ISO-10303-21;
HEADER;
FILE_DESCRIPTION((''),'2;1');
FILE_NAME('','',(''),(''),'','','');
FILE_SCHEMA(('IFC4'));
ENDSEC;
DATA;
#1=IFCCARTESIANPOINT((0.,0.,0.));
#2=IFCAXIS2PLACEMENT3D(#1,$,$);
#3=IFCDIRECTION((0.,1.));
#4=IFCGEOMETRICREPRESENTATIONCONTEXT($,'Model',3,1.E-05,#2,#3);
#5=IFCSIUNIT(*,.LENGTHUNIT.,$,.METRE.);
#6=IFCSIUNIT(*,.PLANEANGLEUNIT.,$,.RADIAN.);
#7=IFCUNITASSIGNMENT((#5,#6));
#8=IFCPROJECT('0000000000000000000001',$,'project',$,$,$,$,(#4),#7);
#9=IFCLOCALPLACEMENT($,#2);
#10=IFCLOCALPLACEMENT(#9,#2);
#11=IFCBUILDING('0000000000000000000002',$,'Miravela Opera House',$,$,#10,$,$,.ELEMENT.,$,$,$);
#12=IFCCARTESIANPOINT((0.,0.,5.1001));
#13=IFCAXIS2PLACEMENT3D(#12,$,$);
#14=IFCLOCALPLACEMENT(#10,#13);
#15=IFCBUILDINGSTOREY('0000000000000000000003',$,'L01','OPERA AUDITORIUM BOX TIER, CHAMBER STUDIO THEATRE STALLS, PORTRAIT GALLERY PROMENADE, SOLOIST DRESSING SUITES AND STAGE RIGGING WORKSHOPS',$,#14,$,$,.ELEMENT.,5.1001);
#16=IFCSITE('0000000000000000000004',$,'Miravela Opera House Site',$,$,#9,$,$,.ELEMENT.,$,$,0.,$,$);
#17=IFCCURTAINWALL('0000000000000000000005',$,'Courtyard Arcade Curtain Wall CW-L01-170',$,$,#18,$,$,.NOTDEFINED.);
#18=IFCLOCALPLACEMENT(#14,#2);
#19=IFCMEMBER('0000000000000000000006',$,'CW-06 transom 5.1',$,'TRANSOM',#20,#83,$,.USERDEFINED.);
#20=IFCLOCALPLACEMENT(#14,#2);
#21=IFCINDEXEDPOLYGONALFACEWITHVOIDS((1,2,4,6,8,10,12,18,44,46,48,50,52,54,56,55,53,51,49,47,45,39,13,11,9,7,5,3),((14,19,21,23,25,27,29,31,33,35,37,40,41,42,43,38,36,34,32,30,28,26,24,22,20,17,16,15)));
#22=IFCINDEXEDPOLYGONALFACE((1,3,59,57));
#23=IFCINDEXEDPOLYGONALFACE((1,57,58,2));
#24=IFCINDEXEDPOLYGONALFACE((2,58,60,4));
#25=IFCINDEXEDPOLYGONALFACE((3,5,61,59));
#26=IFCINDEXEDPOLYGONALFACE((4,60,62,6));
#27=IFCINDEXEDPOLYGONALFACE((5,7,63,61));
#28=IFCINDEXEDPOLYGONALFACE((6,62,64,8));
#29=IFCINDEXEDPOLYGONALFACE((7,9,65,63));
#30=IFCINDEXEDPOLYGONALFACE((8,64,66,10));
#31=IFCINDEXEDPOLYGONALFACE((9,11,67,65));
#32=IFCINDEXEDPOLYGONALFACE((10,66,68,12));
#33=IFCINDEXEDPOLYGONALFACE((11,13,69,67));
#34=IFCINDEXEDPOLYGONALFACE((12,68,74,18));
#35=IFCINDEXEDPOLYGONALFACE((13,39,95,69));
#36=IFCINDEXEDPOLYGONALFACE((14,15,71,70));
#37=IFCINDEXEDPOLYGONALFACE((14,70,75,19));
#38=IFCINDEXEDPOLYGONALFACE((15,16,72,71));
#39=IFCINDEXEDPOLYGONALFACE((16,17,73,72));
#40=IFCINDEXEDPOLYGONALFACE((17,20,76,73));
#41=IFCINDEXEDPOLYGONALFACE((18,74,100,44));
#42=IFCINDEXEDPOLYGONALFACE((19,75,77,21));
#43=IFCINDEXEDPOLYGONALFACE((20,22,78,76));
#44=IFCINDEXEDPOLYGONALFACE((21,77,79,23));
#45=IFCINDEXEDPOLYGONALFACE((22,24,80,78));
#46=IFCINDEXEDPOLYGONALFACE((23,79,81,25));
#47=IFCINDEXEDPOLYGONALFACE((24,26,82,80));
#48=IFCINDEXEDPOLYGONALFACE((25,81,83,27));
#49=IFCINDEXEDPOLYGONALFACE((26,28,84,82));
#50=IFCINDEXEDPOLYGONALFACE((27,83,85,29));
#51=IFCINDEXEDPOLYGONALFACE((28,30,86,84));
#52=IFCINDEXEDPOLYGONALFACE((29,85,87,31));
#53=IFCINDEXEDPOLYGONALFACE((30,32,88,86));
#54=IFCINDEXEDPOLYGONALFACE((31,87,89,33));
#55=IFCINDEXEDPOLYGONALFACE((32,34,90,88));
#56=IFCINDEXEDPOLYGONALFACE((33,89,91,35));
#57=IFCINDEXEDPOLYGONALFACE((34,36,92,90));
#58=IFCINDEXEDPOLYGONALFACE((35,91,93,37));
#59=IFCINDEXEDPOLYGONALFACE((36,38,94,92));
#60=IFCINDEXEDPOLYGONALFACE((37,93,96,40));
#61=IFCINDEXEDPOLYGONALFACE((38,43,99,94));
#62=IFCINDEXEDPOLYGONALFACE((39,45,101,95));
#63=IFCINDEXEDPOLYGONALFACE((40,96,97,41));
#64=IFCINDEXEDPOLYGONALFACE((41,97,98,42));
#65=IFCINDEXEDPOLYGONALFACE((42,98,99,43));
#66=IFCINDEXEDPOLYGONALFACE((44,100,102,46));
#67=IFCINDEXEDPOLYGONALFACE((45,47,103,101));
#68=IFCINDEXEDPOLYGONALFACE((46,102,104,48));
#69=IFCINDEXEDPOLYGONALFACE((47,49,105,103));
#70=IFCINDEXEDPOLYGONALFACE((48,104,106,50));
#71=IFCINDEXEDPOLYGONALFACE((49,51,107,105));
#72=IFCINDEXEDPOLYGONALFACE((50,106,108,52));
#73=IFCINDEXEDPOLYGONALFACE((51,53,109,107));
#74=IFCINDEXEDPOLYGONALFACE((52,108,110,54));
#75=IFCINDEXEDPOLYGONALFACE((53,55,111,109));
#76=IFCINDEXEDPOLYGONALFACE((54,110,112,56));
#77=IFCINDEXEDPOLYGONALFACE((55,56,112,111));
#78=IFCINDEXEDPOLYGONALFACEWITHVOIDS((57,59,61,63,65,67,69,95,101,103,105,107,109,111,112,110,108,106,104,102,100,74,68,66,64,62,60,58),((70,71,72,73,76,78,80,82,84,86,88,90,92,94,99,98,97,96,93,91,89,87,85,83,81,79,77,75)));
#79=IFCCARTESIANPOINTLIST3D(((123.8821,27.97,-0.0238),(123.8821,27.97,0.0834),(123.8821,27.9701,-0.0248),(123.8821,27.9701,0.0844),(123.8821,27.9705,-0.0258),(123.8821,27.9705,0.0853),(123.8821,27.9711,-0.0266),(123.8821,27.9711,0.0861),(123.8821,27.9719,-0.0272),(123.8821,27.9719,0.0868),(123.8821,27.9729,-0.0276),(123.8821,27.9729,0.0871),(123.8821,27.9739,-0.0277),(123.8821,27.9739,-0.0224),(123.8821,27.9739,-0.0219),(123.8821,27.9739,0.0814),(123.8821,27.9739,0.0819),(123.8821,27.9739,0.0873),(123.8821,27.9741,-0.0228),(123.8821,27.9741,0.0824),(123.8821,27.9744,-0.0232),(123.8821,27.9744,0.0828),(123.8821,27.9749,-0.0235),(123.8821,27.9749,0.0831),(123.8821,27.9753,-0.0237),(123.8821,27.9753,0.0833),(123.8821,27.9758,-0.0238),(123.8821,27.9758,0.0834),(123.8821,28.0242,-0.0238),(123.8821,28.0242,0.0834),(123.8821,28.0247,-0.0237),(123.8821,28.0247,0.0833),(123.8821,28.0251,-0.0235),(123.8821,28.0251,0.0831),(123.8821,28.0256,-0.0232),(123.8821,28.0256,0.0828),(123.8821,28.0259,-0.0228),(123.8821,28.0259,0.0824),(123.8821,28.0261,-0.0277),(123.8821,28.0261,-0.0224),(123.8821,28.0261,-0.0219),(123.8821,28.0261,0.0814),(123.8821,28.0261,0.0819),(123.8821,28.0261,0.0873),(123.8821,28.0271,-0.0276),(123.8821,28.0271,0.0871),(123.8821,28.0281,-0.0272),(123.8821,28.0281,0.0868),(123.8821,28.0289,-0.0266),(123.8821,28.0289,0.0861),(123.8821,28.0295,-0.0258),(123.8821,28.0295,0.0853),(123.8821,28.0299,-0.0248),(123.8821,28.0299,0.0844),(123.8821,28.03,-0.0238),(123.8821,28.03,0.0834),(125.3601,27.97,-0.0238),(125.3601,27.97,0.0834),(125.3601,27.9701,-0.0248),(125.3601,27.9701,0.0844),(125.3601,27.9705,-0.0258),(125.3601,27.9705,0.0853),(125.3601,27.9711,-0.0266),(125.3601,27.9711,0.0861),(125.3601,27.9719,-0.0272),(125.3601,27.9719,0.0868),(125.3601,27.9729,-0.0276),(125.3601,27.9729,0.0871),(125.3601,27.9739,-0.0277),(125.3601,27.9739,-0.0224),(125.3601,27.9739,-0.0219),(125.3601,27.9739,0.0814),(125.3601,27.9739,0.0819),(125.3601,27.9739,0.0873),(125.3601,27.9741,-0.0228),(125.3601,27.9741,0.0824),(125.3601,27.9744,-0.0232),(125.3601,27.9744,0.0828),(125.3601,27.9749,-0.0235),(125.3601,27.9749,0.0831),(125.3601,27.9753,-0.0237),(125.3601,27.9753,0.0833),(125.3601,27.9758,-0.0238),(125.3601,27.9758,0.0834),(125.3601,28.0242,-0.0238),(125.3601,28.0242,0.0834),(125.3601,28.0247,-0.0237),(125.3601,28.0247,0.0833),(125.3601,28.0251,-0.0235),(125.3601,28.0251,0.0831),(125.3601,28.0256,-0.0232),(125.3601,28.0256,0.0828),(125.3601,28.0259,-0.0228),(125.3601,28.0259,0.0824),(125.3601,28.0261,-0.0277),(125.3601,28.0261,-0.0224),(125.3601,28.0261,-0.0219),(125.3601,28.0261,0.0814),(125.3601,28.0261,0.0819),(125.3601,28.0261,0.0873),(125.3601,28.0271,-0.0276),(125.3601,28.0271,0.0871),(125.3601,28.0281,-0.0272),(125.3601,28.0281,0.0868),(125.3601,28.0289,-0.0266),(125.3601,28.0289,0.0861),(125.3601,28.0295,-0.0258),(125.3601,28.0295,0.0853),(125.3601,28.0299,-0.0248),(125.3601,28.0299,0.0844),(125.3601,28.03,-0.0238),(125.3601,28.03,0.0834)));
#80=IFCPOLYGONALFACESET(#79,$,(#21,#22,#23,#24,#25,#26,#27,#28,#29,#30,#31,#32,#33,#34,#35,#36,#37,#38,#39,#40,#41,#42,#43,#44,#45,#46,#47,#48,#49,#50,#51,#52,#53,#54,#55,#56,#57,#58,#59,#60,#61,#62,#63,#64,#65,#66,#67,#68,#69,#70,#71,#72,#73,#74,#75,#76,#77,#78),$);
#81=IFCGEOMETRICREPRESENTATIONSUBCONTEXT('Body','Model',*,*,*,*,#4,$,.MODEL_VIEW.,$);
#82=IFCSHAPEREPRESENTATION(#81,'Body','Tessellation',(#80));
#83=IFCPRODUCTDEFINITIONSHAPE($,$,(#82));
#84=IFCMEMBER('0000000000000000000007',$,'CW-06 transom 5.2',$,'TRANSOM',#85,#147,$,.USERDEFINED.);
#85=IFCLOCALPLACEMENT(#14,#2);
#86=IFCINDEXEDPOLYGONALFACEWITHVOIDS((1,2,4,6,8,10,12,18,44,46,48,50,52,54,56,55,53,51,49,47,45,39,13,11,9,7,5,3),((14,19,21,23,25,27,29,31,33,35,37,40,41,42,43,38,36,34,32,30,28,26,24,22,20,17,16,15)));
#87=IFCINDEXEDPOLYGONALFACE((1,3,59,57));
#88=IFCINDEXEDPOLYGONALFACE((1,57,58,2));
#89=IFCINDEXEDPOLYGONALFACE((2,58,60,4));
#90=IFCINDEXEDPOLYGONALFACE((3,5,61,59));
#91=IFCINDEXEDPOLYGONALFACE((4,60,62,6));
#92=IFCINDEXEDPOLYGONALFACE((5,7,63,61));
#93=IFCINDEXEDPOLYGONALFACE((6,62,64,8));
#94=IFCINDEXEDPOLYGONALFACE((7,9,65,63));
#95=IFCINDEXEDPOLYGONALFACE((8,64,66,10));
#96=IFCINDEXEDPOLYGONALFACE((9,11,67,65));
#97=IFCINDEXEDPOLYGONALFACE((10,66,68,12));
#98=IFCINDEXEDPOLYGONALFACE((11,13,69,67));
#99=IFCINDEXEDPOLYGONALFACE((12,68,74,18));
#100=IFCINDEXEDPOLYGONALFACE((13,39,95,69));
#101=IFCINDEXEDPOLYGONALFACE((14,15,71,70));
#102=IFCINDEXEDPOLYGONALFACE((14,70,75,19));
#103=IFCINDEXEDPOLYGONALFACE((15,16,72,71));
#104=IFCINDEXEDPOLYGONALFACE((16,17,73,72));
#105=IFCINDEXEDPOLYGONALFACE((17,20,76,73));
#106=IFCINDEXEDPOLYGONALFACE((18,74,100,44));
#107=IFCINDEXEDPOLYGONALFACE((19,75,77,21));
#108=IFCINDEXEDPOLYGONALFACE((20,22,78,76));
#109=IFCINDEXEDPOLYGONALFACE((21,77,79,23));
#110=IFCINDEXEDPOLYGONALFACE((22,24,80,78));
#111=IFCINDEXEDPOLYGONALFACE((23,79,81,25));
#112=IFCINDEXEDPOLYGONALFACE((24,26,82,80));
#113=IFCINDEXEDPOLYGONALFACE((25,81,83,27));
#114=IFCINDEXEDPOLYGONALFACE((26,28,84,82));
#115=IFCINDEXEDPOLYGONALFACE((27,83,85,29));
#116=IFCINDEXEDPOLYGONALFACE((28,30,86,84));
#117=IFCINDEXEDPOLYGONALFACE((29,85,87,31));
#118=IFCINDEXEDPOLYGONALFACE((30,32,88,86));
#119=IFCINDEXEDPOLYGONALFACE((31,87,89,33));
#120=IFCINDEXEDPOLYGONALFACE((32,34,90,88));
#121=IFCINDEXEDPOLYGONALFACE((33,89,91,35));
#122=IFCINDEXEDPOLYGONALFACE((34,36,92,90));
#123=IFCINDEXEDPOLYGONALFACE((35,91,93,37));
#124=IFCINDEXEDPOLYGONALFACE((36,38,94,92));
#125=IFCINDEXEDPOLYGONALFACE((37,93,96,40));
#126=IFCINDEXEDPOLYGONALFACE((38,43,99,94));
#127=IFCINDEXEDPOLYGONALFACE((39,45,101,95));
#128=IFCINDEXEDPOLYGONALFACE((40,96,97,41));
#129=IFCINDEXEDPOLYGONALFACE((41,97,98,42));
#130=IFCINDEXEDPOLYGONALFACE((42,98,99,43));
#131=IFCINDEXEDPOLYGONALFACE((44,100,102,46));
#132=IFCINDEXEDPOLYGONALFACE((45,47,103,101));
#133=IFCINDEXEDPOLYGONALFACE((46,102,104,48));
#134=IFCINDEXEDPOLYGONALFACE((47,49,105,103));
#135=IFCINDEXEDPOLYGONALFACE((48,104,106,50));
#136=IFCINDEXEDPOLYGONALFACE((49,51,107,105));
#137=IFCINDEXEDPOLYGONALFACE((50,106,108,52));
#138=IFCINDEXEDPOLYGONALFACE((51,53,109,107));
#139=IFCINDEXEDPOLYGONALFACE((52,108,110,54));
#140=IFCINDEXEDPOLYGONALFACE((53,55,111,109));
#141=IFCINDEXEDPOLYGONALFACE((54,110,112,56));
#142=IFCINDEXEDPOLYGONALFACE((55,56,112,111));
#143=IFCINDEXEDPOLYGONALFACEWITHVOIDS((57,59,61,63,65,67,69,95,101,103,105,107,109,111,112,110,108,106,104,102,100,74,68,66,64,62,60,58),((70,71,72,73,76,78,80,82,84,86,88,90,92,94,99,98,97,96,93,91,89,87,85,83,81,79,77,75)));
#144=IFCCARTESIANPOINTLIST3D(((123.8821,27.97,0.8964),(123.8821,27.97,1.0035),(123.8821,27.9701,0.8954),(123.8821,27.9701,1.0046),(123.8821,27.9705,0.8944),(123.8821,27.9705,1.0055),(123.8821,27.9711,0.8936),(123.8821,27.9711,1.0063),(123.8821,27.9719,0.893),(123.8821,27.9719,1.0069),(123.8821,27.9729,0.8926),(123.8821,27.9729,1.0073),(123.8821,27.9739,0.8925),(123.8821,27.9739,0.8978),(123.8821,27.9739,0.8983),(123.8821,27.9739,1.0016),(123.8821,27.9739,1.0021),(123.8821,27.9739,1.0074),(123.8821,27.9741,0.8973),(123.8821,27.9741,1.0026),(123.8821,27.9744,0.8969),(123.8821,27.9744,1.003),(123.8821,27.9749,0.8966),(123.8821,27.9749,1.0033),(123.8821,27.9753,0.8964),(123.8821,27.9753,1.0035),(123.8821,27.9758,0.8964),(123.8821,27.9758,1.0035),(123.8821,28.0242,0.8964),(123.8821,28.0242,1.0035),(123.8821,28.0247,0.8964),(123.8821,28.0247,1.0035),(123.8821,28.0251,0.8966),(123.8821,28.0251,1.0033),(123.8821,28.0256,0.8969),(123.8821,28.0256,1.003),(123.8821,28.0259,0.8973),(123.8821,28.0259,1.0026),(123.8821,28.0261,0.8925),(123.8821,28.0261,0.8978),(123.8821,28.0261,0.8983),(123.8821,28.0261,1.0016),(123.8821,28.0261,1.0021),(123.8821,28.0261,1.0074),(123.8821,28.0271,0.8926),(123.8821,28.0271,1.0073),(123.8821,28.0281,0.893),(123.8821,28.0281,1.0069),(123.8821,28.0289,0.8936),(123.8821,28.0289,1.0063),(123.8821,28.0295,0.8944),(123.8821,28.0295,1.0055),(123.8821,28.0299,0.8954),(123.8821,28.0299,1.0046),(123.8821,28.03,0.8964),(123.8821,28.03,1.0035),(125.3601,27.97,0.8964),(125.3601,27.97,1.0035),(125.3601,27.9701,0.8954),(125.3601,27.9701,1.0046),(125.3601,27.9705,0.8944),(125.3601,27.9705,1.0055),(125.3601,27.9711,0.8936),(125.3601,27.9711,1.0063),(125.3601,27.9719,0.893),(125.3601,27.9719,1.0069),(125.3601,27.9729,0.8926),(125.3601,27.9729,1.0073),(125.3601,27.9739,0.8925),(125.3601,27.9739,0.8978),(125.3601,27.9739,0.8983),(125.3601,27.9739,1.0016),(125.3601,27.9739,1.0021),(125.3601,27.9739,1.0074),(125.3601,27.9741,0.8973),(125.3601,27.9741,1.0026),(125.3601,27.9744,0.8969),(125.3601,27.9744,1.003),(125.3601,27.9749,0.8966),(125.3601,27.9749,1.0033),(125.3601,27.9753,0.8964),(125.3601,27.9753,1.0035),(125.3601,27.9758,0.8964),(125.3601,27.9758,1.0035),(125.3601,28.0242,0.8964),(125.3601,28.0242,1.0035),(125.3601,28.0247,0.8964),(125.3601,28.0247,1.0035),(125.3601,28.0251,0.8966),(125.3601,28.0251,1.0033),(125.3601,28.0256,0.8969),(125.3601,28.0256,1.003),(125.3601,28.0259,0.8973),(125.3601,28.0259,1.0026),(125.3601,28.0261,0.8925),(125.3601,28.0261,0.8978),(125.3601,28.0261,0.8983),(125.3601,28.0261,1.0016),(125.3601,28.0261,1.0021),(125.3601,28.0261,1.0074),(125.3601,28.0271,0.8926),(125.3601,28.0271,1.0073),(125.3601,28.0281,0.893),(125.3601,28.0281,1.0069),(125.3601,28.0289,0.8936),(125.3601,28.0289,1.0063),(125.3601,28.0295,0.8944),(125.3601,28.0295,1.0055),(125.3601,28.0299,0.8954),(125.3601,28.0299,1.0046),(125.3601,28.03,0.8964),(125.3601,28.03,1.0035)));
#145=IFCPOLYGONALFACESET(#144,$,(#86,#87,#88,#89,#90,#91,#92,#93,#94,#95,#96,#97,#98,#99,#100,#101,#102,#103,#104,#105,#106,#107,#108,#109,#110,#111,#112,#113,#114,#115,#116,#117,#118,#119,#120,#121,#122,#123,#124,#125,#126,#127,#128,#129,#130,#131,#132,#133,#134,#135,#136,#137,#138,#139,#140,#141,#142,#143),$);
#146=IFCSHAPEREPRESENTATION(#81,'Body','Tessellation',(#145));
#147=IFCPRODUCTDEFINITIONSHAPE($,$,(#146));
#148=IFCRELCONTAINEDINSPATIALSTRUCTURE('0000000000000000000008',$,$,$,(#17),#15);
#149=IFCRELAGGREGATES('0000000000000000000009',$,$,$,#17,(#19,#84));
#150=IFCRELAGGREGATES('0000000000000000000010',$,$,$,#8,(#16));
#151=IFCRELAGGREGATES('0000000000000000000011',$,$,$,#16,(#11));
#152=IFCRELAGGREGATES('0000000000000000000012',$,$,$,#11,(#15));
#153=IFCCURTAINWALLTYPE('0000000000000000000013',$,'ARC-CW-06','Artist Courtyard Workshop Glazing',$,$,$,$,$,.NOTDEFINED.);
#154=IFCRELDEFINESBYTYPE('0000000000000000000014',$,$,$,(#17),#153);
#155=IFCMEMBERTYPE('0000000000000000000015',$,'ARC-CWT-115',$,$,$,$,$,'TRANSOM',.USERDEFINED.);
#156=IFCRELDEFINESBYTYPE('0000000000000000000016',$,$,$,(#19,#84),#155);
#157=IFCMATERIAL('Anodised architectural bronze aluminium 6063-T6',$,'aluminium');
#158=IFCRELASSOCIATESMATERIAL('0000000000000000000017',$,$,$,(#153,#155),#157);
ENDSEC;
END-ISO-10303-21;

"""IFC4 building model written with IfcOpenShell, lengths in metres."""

from ifc_helpers import new_model, si_unit, direction, frame, origin, origin_2d, place, context, subcontext, project, spatial, hollow_rectangle, extrude, material, material_profile, profile_set, type_object, element, aggregate, save


model = new_model("IFC4")

# Units and contexts
model_context = context("Model", 3, precision=1e-05, world=origin(), true_north=direction((0.0, 1.0)))
body_context = subcontext(model_context, "Body", "Model", "MODEL_VIEW")
ifc_project = project(units=[si_unit("LENGTHUNIT", "METRE"), si_unit("PLANEANGLEUNIT", "RADIAN")], contexts=[model_context])

# Site, building, storey
site_placement = place(None, origin())
site = spatial("IfcSite", under=ifc_project, at=site_placement, Name="Miravela Opera House Site", CompositionType="ELEMENT", RefElevation=0.0)
building_placement = place(site_placement, origin())
building = spatial("IfcBuilding", under=site, at=building_placement, Name="Miravela Opera House", CompositionType="ELEMENT")
storey_placement = place(building_placement, frame((0.0, 0.0, 5.1001)))
storey = spatial("IfcBuildingStorey", under=building, at=storey_placement, Name="L01", Description="OPERA AUDITORIUM BOX TIER, CHAMBER STUDIO THEATRE STALLS, PORTRAIT GALLERY PROMENADE, SOLOIST DRESSING SUITES AND STAGE RIGGING WORKSHOPS", CompositionType="ELEMENT", Elevation=5.1001)

# Curtain wall, members
ifc_material_1 = material(Name="Anodised architectural bronze aluminium 6063-T6", Category="aluminium")
curtain_wall_type = type_object("IfcCurtainWallType", Name="ARC-CW-06", Description="Artist Courtyard Workshop Glazing", PredefinedType="NOTDEFINED", material=ifc_material_1)
curtain_wall_placement = place(storey_placement, origin())
curtain_wall = element("IfcCurtainWall", 1, at=curtain_wall_placement, inside=storey, type_object=curtain_wall_type, Name="Courtyard Arcade Curtain Wall CW-L01-170", PredefinedType="NOTDEFINED")
ifc_material_profile_1 = material_profile(ifc_material_1, hollow_rectangle(XDim=0.0601, YDim=0.115, WallThickness=0.0039, InnerFilletRadius=0.002, OuterFilletRadius=0.0039, at=origin_2d()), Name="CWT-60X115")
ifc_profile_set_1 = profile_set([ifc_material_profile_1])
member_type_1 = type_object("IfcMemberType", Name="ARC-CWT-115", ElementType="TRANSOM", PredefinedType="USERDEFINED", material=ifc_profile_set_1)
member_1_placement = place(storey_placement, frame((123.8821, 28.0, 0.0298), z_axis=(1.0, 0.0, 0.0), x_axis=(0.0, 1.0, 0.0)))
member_1 = element("IfcMember", 2, at=member_1_placement, type_object=member_type_1, Name="CW-06 transom 5.1", ObjectType="TRANSOM", PredefinedType="USERDEFINED", context=body_context, shape_type="SweptSolid", body=[
    extrude(hollow_rectangle(XDim=0.0601, YDim=0.115, WallThickness=0.0039, InnerFilletRadius=0.002, OuterFilletRadius=0.0039, at=origin_2d()), origin(), (0.0, 0.0, 1.0), 1.478),
])
member_2_placement = place(storey_placement, frame((123.8821, 28.0, 0.95), z_axis=(1.0, 0.0, 0.0), x_axis=(0.0, 1.0, 0.0)))
member_2 = element("IfcMember", 3, at=member_2_placement, type_object=member_type_1, Name="CW-06 transom 5.2", ObjectType="TRANSOM", PredefinedType="USERDEFINED", context=body_context, shape_type="SweptSolid", body=[
    extrude(hollow_rectangle(XDim=0.0601, YDim=0.115, WallThickness=0.0039, InnerFilletRadius=0.002, OuterFilletRadius=0.0039, at=origin_2d()), origin(), (0.0, 0.0, 1.0), 1.478),
])
aggregate(curtain_wall, [member_1, member_2])

save(model, "model.ifc")
